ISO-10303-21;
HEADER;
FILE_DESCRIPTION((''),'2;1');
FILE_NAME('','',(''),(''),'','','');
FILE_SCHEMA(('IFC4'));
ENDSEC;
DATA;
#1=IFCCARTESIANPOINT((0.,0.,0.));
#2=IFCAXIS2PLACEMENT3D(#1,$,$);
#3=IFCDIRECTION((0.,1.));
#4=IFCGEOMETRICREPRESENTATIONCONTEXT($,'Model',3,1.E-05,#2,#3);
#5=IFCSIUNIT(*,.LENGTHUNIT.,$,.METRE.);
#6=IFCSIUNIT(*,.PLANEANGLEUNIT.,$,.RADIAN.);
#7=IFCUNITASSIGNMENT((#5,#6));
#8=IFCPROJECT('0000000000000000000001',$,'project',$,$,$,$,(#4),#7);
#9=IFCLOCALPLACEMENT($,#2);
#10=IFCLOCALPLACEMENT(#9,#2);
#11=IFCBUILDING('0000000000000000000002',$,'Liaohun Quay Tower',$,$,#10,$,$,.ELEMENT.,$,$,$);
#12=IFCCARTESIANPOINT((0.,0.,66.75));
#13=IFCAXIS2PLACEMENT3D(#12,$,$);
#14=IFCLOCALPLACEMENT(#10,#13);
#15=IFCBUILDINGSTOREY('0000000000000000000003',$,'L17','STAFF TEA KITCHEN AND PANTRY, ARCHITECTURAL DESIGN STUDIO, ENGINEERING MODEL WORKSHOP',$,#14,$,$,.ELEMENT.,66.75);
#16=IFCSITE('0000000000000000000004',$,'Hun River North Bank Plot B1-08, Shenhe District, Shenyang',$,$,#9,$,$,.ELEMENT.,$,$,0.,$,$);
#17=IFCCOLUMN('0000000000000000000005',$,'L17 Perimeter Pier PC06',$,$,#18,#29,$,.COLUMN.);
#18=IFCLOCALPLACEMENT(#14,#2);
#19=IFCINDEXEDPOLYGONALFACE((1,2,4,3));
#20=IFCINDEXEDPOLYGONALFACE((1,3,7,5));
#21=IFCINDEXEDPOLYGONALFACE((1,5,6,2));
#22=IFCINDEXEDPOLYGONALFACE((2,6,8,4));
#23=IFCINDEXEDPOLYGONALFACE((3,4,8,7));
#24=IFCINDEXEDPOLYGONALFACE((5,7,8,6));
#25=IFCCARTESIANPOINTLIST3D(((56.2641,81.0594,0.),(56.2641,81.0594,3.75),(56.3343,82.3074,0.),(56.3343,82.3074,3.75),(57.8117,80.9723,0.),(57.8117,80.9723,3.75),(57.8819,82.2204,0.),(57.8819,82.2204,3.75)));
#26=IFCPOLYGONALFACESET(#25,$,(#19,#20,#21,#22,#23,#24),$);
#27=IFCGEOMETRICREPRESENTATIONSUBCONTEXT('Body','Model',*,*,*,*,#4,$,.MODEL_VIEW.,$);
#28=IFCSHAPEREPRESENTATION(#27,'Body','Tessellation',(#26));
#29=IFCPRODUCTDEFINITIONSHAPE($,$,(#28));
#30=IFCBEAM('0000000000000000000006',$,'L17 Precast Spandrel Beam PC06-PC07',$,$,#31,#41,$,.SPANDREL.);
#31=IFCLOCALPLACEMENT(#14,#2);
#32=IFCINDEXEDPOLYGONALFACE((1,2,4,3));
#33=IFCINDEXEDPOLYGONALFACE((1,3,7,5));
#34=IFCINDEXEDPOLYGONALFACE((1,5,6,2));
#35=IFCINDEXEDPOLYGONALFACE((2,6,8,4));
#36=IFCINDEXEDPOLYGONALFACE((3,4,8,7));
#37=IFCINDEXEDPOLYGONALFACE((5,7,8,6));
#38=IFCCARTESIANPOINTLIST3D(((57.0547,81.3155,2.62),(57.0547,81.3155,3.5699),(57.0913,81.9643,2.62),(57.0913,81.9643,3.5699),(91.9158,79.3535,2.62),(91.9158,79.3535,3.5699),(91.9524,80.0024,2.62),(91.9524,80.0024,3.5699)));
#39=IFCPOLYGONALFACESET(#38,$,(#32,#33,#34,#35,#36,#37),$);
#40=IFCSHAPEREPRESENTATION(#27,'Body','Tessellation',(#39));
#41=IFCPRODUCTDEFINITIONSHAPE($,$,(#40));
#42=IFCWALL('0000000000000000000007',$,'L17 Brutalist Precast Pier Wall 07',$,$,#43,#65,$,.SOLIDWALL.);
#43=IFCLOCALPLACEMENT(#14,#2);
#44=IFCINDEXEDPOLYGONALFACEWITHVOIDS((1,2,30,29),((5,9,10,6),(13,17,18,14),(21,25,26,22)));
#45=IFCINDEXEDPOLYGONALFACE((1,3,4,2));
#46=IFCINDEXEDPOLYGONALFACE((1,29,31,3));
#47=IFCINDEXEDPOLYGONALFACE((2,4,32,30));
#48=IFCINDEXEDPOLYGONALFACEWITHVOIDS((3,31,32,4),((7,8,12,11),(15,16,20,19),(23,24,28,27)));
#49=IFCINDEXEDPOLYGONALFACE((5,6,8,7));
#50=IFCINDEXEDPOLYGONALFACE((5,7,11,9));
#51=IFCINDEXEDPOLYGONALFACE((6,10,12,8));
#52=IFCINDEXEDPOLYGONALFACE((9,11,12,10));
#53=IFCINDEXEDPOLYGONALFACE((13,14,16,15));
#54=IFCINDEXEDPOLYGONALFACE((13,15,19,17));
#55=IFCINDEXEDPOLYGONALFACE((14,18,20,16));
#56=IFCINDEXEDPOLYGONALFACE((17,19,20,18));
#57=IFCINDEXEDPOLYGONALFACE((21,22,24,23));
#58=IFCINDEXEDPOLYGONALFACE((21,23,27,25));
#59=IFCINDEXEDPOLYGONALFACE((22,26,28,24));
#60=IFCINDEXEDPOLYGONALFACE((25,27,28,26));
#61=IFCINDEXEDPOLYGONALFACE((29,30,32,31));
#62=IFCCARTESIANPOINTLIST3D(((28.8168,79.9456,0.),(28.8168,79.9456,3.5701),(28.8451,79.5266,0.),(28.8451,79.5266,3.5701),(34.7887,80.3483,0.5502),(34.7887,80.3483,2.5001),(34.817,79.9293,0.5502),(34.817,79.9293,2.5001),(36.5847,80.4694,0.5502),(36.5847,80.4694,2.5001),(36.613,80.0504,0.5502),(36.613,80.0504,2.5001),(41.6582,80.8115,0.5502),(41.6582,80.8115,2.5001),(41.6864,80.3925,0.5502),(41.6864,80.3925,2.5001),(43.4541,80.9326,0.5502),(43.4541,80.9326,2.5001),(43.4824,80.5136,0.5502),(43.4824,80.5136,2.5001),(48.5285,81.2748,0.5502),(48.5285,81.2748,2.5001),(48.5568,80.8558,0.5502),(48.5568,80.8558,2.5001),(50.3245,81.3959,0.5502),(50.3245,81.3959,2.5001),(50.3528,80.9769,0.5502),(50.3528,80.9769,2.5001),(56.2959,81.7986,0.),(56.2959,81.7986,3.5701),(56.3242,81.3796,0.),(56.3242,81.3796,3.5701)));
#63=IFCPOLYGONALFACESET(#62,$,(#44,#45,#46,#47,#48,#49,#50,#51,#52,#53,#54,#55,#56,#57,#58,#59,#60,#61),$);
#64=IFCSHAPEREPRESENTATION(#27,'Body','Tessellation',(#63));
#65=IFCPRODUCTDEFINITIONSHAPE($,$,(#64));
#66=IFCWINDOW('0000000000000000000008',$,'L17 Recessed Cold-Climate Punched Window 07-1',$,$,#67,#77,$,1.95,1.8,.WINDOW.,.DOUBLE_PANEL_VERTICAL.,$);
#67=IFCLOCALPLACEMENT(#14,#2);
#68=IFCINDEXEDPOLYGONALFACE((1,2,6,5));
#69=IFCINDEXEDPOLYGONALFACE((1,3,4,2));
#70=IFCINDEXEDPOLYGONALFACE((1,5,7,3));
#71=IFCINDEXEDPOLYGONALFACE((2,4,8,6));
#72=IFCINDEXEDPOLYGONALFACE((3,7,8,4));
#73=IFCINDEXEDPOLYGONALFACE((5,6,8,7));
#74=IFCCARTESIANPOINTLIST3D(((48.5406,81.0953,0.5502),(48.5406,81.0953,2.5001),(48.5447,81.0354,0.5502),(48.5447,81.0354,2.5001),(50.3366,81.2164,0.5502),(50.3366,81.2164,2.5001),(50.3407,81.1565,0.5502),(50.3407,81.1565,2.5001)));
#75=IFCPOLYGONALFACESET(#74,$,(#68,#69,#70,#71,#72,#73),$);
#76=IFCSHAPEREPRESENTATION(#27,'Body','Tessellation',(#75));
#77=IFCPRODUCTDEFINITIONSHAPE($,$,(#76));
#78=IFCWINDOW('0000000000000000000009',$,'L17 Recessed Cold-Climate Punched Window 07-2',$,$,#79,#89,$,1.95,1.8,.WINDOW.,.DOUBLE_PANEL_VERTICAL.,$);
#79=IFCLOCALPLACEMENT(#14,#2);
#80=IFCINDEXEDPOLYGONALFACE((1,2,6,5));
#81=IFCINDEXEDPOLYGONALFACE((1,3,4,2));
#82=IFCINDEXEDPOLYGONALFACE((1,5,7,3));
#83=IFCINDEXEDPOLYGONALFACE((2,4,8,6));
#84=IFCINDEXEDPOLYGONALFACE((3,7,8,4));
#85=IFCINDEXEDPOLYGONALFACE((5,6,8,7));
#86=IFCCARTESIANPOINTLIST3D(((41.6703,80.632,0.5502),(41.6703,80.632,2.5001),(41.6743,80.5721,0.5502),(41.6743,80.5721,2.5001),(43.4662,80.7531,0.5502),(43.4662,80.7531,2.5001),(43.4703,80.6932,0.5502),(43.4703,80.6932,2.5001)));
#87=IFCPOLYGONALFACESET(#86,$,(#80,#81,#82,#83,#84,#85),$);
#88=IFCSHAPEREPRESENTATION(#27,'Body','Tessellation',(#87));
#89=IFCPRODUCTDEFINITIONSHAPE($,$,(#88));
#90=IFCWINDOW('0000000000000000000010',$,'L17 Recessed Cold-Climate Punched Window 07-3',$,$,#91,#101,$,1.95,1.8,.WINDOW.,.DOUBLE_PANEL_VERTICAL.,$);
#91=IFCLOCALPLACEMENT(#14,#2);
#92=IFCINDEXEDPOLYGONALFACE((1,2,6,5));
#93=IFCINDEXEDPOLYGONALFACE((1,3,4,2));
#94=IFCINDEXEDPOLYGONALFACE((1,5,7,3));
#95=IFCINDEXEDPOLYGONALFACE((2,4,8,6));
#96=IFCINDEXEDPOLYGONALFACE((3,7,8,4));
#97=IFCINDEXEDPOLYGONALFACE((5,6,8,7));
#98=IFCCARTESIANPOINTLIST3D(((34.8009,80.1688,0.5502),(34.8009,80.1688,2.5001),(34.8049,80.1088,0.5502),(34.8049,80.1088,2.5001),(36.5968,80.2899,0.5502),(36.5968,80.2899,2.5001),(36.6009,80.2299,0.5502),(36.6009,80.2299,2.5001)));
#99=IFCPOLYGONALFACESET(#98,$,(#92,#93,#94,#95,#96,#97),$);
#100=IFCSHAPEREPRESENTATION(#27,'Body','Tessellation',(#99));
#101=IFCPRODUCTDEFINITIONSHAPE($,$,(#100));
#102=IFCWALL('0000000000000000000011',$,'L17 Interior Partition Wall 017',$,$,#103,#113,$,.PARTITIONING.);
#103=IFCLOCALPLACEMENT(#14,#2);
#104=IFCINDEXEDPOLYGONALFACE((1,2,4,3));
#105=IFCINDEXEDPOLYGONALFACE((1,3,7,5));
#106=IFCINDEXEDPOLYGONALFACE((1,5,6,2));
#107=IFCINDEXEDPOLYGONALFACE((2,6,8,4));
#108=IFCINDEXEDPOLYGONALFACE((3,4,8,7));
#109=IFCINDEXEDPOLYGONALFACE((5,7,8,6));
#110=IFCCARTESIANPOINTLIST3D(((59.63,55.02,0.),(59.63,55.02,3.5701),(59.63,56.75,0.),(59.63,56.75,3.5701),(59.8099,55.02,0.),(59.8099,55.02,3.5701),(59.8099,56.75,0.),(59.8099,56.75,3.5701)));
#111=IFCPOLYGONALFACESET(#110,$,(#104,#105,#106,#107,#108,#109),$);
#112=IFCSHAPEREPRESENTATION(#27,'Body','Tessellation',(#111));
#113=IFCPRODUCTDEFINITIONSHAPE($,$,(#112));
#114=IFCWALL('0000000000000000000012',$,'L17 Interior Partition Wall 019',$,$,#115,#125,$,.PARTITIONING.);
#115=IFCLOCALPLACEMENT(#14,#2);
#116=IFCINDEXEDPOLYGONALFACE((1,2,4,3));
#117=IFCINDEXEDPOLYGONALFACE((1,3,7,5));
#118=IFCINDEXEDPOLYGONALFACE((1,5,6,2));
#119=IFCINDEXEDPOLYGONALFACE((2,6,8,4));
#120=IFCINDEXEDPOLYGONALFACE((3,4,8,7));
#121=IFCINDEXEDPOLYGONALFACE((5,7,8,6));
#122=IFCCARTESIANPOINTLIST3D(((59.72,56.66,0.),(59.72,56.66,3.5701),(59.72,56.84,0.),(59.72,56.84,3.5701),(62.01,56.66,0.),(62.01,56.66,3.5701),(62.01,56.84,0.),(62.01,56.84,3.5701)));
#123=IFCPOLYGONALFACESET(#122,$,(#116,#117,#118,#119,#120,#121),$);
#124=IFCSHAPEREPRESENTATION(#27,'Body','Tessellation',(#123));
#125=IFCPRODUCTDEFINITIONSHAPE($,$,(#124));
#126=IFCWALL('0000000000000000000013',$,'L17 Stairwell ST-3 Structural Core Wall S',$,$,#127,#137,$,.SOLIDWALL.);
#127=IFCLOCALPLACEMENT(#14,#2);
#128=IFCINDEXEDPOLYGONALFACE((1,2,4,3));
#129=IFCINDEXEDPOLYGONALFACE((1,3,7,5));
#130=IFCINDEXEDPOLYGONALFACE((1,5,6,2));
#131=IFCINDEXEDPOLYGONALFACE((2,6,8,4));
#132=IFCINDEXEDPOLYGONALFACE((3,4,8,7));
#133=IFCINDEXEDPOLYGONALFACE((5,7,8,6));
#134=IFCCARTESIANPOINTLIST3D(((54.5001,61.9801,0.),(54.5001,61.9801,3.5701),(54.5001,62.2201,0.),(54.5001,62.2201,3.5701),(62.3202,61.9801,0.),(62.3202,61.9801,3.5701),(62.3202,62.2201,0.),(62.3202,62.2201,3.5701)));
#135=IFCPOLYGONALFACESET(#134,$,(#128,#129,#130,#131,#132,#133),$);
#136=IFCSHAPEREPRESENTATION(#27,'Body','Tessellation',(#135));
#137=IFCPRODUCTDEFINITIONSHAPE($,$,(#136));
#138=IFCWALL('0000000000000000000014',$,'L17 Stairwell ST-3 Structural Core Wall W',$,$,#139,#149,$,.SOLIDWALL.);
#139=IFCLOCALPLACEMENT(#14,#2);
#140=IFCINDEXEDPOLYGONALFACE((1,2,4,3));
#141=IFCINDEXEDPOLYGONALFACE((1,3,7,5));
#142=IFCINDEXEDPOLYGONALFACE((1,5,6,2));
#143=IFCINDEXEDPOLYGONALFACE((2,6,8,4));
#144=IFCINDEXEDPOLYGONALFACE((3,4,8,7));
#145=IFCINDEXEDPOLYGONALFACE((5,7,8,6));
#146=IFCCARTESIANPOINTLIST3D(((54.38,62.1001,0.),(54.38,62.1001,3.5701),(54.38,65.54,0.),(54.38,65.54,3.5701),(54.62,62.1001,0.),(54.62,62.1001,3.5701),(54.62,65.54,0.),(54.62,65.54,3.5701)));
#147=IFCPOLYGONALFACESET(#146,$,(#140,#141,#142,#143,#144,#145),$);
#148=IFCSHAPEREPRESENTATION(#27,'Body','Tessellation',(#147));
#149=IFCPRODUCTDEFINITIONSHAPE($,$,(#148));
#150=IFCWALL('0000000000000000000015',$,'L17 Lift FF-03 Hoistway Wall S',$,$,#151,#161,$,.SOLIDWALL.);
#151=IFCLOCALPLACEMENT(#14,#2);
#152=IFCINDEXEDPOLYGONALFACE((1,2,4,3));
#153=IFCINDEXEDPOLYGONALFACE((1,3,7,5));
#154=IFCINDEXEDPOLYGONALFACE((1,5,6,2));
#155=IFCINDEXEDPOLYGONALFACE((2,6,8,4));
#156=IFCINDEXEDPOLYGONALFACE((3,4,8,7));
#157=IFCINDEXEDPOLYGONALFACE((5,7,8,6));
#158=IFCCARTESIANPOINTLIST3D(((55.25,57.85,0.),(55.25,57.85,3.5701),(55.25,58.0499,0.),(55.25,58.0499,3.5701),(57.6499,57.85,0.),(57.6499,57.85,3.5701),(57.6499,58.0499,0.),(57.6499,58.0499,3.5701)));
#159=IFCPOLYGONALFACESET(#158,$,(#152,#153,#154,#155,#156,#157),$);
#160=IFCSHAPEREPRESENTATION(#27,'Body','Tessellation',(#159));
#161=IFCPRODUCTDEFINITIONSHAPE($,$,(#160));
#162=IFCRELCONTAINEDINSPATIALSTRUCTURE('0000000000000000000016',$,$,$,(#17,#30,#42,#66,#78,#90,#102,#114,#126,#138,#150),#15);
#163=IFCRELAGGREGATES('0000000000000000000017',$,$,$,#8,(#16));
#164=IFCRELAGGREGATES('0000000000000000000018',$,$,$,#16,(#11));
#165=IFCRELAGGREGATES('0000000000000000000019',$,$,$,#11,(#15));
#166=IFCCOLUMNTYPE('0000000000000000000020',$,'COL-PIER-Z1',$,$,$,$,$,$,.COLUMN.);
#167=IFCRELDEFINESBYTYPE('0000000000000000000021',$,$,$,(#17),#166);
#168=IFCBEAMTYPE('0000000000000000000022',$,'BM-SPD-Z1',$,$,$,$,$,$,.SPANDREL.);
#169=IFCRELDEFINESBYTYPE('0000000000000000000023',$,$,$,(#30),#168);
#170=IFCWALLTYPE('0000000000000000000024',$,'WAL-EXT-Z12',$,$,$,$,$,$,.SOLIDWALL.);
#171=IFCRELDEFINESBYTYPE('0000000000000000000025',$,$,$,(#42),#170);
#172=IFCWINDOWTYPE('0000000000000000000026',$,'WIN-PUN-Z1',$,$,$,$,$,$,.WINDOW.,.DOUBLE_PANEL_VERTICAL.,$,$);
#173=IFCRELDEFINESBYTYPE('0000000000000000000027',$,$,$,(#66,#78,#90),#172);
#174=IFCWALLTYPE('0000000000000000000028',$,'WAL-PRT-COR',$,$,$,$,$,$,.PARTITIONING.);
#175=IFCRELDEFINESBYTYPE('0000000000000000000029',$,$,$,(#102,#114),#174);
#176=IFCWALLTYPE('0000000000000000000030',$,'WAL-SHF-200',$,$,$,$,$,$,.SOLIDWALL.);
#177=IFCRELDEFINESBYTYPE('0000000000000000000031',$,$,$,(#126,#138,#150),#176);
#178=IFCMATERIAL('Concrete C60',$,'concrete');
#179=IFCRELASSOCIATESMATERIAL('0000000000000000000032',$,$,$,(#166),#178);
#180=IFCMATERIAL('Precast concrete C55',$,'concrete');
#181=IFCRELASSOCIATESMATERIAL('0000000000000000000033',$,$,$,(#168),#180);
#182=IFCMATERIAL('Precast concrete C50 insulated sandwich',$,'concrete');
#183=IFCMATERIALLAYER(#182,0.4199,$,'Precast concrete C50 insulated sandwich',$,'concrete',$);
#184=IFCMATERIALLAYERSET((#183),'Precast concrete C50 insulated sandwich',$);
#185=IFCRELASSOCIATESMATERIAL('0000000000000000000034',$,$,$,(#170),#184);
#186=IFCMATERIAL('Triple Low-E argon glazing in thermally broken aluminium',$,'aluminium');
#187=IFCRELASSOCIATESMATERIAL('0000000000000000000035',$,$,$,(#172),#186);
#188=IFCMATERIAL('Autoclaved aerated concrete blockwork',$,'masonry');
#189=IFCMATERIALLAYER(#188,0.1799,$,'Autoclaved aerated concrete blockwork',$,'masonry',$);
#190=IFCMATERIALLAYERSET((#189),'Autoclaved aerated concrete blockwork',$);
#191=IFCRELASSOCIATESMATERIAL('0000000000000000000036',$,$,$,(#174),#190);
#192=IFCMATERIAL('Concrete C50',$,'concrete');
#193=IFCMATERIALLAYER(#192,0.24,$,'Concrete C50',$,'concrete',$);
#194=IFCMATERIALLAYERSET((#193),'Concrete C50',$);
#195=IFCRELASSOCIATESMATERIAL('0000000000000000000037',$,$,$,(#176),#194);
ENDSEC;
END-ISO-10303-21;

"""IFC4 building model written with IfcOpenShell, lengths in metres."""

from ifc_helpers import new_model, si_unit, direction, frame, frame_2d, origin, origin_2d, place, context, subcontext, project, spatial, rectangle, extrude, source, transform, mapped, material, layer, layer_set, material_profile, profile_set, type_object, element, fill, save


model = new_model("IFC4")

# Units and contexts
model_context = context("Model", 3, precision=1e-05, world=origin(), true_north=direction((0.0, 1.0)))
body_context = subcontext(model_context, "Body", "Model", "MODEL_VIEW")
ifc_project = project(units=[si_unit("LENGTHUNIT", "METRE"), si_unit("PLANEANGLEUNIT", "RADIAN")], contexts=[model_context])

# Site, building, storey
site_placement = place(None, origin())
site = spatial("IfcSite", under=ifc_project, at=site_placement, Name="Hun River North Bank Plot B1-08, Shenhe District, Shenyang", CompositionType="ELEMENT", RefElevation=0.0)
building_placement = place(site_placement, origin())
building = spatial("IfcBuilding", under=site, at=building_placement, Name="Liaohun Quay Tower", CompositionType="ELEMENT")
storey_placement = place(building_placement, frame((0.0, 0.0, 66.75)))
storey = spatial("IfcBuildingStorey", under=building, at=storey_placement, Name="L17", Description="STAFF TEA KITCHEN AND PANTRY, ARCHITECTURAL DESIGN STUDIO, ENGINEERING MODEL WORKSHOP", CompositionType="ELEMENT", Elevation=66.75)

# Column
ifc_material_1 = material(Name="Concrete C60", Category="concrete")
ifc_material_profile_1 = material_profile(ifc_material_1, rectangle(XDim=1.55, YDim=1.25, at=origin_2d()), Name="RC1550x1250")
ifc_profile_set_1 = profile_set([ifc_material_profile_1], Name="Concrete C60")
column_type = type_object("IfcColumnType", Name="COL-PIER-Z1", PredefinedType="COLUMN", material=ifc_profile_set_1)
shared_shape_1 = source(origin(), body_context, "Body", "SweptSolid", [
    extrude(rectangle(XDim=1.55, YDim=1.25, at=origin_2d()), origin(), (0.0, 0.0, 1.0), 3.75),
])
column_placement = place(storey_placement, frame((57.073, 81.6399, 0.0), z_axis=(0.0, 0.0, 1.0), x_axis=(-0.998421, 0.05617, 0.0)))
element("IfcColumn", 1, at=column_placement, inside=storey, type_object=column_type, Name="L17 Perimeter Pier PC06", PredefinedType="COLUMN", context=body_context, shape_type="MappedRepresentation", body=[
    mapped(shared_shape_1, transform((0.0, 0.0, 0.0), x_axis=(1.0, 0.0, 0.0), y_axis=(0.0, 1.0, 0.0), z_axis=(0.0, 0.0, 1.0), scale=1.0)),
])

# Beam
ifc_material_2 = material(Name="Precast concrete C55", Category="concrete")
ifc_material_profile_2 = material_profile(ifc_material_2, rectangle(XDim=0.6499, YDim=0.95, at=origin_2d()), Name="RC650x950")
ifc_profile_set_2 = profile_set([ifc_material_profile_2], Name="Precast concrete C55")
beam_type = type_object("IfcBeamType", Name="BM-SPD-Z1", PredefinedType="SPANDREL", material=ifc_profile_set_2)
shared_shape_2 = source(origin(), body_context, "Body", "SweptSolid", [
    extrude(rectangle(XDim=0.6499, YDim=0.95, at=origin_2d()), origin(), (0.0, 0.0, 1.0), 34.9163),
])
beam_placement = place(storey_placement, frame((57.073, 81.6399, 3.095), z_axis=(0.99842, -0.056189, 0.0), x_axis=(0.056189, 0.99842, 0.0)))
element("IfcBeam", 2, at=beam_placement, inside=storey, type_object=beam_type, Name="L17 Precast Spandrel Beam PC06-PC07", PredefinedType="SPANDREL", context=body_context, shape_type="MappedRepresentation", body=[
    mapped(shared_shape_2, transform((0.0, 0.0, 0.0), x_axis=(1.0, 0.0, 0.0), y_axis=(0.0, 1.0, 0.0), z_axis=(0.0, 0.0, 1.0), scale=1.0)),
])

# Wall, openings, windows
ifc_material_3 = material(Name="Precast concrete C50 insulated sandwich", Category="concrete")
ifc_layer_1 = layer(ifc_material_3, 0.4199, Name="Precast concrete C50 insulated sandwich", Category="concrete")
ifc_layer_set_1 = layer_set([ifc_layer_1], Name="Precast concrete C50 insulated sandwich")
wall_type_1 = type_object("IfcWallType", Name="WAL-EXT-Z12", PredefinedType="SOLIDWALL", material=ifc_layer_set_1)
wall_1_placement = place(storey_placement, frame((56.3101, 81.5891, 0.0), z_axis=(0.0, 0.0, 1.0), x_axis=(-0.997734, -0.067281, 0.0)))
wall_1 = element("IfcWall", 3, at=wall_1_placement, inside=storey, type_object=wall_type_1, Name="L17 Brutalist Precast Pier Wall 07", PredefinedType="SOLIDWALL", context=body_context, shape_type="SweptSolid", body=[
    extrude(rectangle(XDim=27.5415, YDim=0.4199, at=frame_2d((13.7708, 0.0))), origin(), (0.0, 0.0, 1.0), 3.5701),
])
shared_shape_3 = source(origin(), body_context, "Body", "SweptSolid", [
    extrude(rectangle(XDim=1.8, YDim=1.95, at=frame_2d((0.8999, 0.9751))), frame((0.0, 0.22, 0.0), z_axis=(0.0, -1.0, 0.0), x_axis=(1.0, 0.0, 0.0)), (0.0, 0.0, 1.0), 0.4399),
])
opening_1_placement = place(wall_1_placement, frame((5.9851, 0.0, 0.55)))
opening_1 = element("IfcOpeningElement", 4, at=opening_1_placement, cuts=wall_1, PredefinedType="OPENING", context=body_context, shape_type="MappedRepresentation", body=[
    mapped(shared_shape_3, transform((0.0, 0.0, 0.0), x_axis=(1.0, 0.0, 0.0), y_axis=(0.0, 1.0, 0.0), z_axis=(0.0, 0.0, 1.0), scale=1.0)),
])
opening_2_placement = place(wall_1_placement, frame((12.8711, 0.0, 0.55)))
opening_2 = element("IfcOpeningElement", 5, at=opening_2_placement, cuts=wall_1, PredefinedType="OPENING", context=body_context, shape_type="MappedRepresentation", body=[
    mapped(shared_shape_3, transform((0.0, 0.0, 0.0), x_axis=(1.0, 0.0, 0.0), y_axis=(0.0, 1.0, 0.0), z_axis=(0.0, 0.0, 1.0), scale=1.0)),
])
opening_3_placement = place(wall_1_placement, frame((19.7561, 0.0, 0.55)))
opening_3 = element("IfcOpeningElement", 6, at=opening_3_placement, cuts=wall_1, PredefinedType="OPENING", context=body_context, shape_type="MappedRepresentation", body=[
    mapped(shared_shape_3, transform((0.0, 0.0, 0.0), x_axis=(1.0, 0.0, 0.0), y_axis=(0.0, 1.0, 0.0), z_axis=(0.0, 0.0, 1.0), scale=1.0)),
])
ifc_material_4 = material(Name="Triple Low-E argon glazing in thermally broken aluminium", Category="aluminium")
window_type = type_object("IfcWindowType", Name="WIN-PUN-Z1", PartitioningType="DOUBLE_PANEL_VERTICAL", PredefinedType="WINDOW", material=ifc_material_4)
shared_shape_4 = source(origin(), body_context, "Body", "SweptSolid", [
    extrude(rectangle(XDim=1.8, YDim=1.95, at=frame_2d((0.8999, 0.9751))), frame((0.0, 0.03, 0.0), z_axis=(0.0, -1.0, 0.0), x_axis=(1.0, 0.0, 0.0)), (0.0, 0.0, 1.0), 0.0601),
])
window_1_placement = place(opening_1_placement, origin())
window_1 = element("IfcWindow", 7, at=window_1_placement, inside=storey, type_object=window_type, Name="L17 Recessed Cold-Climate Punched Window 07-1", OverallHeight=1.95, OverallWidth=1.8, PartitioningType="DOUBLE_PANEL_VERTICAL", PredefinedType="WINDOW", context=body_context, shape_type="MappedRepresentation", body=[
    mapped(shared_shape_4, transform((0.0, 0.0, 0.0), x_axis=(1.0, 0.0, 0.0), y_axis=(0.0, 1.0, 0.0), z_axis=(0.0, 0.0, 1.0), scale=1.0)),
])
fill(opening_1, window_1)
window_2_placement = place(opening_2_placement, origin())
window_2 = element("IfcWindow", 8, at=window_2_placement, inside=storey, type_object=window_type, Name="L17 Recessed Cold-Climate Punched Window 07-2", OverallHeight=1.95, OverallWidth=1.8, PartitioningType="DOUBLE_PANEL_VERTICAL", PredefinedType="WINDOW", context=body_context, shape_type="MappedRepresentation", body=[
    mapped(shared_shape_4, transform((0.0, 0.0, 0.0), x_axis=(1.0, 0.0, 0.0), y_axis=(0.0, 1.0, 0.0), z_axis=(0.0, 0.0, 1.0), scale=1.0)),
])
fill(opening_2, window_2)
window_3_placement = place(opening_3_placement, origin())
window_3 = element("IfcWindow", 9, at=window_3_placement, inside=storey, type_object=window_type, Name="L17 Recessed Cold-Climate Punched Window 07-3", OverallHeight=1.95, OverallWidth=1.8, PartitioningType="DOUBLE_PANEL_VERTICAL", PredefinedType="WINDOW", context=body_context, shape_type="MappedRepresentation", body=[
    mapped(shared_shape_4, transform((0.0, 0.0, 0.0), x_axis=(1.0, 0.0, 0.0), y_axis=(0.0, 1.0, 0.0), z_axis=(0.0, 0.0, 1.0), scale=1.0)),
])
fill(opening_3, window_3)

# Walls
ifc_material_5 = material(Name="Autoclaved aerated concrete blockwork", Category="masonry")
ifc_layer_2 = layer(ifc_material_5, 0.1799, Name="Autoclaved aerated concrete blockwork", Category="masonry")
ifc_layer_set_2 = layer_set([ifc_layer_2], Name="Autoclaved aerated concrete blockwork")
wall_type_2 = type_object("IfcWallType", Name="WAL-PRT-COR", PredefinedType="PARTITIONING", material=ifc_layer_set_2)
wall_2_placement = place(storey_placement, frame((59.72, 55.02, 0.0), z_axis=(0.0, 0.0, 1.0), x_axis=(0.0, 1.0, 0.0)))
element("IfcWall", 10, at=wall_2_placement, inside=storey, type_object=wall_type_2, Name="L17 Interior Partition Wall 017", PredefinedType="PARTITIONING", context=body_context, shape_type="SweptSolid", body=[
    extrude(rectangle(XDim=1.73, YDim=0.1799, at=frame_2d((0.865, 0.0))), origin(), (0.0, 0.0, 1.0), 3.5701),
])
wall_3_placement = place(storey_placement, frame((59.72, 56.75, 0.0), z_axis=(0.0, 0.0, 1.0), x_axis=(1.0, 0.0, 0.0)))
element("IfcWall", 11, at=wall_3_placement, inside=storey, type_object=wall_type_2, Name="L17 Interior Partition Wall 019", PredefinedType="PARTITIONING", context=body_context, shape_type="SweptSolid", body=[
    extrude(rectangle(XDim=2.29, YDim=0.1799, at=frame_2d((1.145, 0.0))), origin(), (0.0, 0.0, 1.0), 3.5701),
])
ifc_material_6 = material(Name="Concrete C50", Category="concrete")
ifc_layer_3 = layer(ifc_material_6, 0.24, Name="Concrete C50", Category="concrete")
ifc_layer_set_3 = layer_set([ifc_layer_3], Name="Concrete C50")
wall_type_3 = type_object("IfcWallType", Name="WAL-SHF-200", PredefinedType="SOLIDWALL", material=ifc_layer_set_3)
wall_4_placement = place(storey_placement, frame((54.5, 62.1001, 0.0), z_axis=(0.0, 0.0, 1.0), x_axis=(1.0, 0.0, 0.0)))
element("IfcWall", 12, at=wall_4_placement, inside=storey, type_object=wall_type_3, Name="L17 Stairwell ST-3 Structural Core Wall S", PredefinedType="SOLIDWALL", context=body_context, shape_type="SweptSolid", body=[
    extrude(rectangle(XDim=7.8201, YDim=0.24, at=frame_2d((3.9102, 0.0))), origin(), (0.0, 0.0, 1.0), 3.5701),
])
wall_5_placement = place(storey_placement, frame((54.5, 65.54, 0.0), z_axis=(0.0, 0.0, 1.0), x_axis=(0.0, -1.0, 0.0)))
element("IfcWall", 13, at=wall_5_placement, inside=storey, type_object=wall_type_3, Name="L17 Stairwell ST-3 Structural Core Wall W", PredefinedType="SOLIDWALL", context=body_context, shape_type="SweptSolid", body=[
    extrude(rectangle(XDim=3.4399, YDim=0.24, at=frame_2d((1.72, 0.0))), origin(), (0.0, 0.0, 1.0), 3.5701),
])
wall_6_placement = place(storey_placement, frame((55.25, 57.95, 0.0), z_axis=(0.0, 0.0, 1.0), x_axis=(1.0, 0.0, 0.0)))
element("IfcWall", 14, at=wall_6_placement, inside=storey, type_object=wall_type_3, Name="L17 Lift FF-03 Hoistway Wall S", PredefinedType="SOLIDWALL", context=body_context, shape_type="SweptSolid", body=[
    extrude(rectangle(XDim=2.3999, YDim=0.2, at=frame_2d((1.2, 0.0))), origin(), (0.0, 0.0, 1.0), 3.5701),
])

save(model, "model.ifc")
